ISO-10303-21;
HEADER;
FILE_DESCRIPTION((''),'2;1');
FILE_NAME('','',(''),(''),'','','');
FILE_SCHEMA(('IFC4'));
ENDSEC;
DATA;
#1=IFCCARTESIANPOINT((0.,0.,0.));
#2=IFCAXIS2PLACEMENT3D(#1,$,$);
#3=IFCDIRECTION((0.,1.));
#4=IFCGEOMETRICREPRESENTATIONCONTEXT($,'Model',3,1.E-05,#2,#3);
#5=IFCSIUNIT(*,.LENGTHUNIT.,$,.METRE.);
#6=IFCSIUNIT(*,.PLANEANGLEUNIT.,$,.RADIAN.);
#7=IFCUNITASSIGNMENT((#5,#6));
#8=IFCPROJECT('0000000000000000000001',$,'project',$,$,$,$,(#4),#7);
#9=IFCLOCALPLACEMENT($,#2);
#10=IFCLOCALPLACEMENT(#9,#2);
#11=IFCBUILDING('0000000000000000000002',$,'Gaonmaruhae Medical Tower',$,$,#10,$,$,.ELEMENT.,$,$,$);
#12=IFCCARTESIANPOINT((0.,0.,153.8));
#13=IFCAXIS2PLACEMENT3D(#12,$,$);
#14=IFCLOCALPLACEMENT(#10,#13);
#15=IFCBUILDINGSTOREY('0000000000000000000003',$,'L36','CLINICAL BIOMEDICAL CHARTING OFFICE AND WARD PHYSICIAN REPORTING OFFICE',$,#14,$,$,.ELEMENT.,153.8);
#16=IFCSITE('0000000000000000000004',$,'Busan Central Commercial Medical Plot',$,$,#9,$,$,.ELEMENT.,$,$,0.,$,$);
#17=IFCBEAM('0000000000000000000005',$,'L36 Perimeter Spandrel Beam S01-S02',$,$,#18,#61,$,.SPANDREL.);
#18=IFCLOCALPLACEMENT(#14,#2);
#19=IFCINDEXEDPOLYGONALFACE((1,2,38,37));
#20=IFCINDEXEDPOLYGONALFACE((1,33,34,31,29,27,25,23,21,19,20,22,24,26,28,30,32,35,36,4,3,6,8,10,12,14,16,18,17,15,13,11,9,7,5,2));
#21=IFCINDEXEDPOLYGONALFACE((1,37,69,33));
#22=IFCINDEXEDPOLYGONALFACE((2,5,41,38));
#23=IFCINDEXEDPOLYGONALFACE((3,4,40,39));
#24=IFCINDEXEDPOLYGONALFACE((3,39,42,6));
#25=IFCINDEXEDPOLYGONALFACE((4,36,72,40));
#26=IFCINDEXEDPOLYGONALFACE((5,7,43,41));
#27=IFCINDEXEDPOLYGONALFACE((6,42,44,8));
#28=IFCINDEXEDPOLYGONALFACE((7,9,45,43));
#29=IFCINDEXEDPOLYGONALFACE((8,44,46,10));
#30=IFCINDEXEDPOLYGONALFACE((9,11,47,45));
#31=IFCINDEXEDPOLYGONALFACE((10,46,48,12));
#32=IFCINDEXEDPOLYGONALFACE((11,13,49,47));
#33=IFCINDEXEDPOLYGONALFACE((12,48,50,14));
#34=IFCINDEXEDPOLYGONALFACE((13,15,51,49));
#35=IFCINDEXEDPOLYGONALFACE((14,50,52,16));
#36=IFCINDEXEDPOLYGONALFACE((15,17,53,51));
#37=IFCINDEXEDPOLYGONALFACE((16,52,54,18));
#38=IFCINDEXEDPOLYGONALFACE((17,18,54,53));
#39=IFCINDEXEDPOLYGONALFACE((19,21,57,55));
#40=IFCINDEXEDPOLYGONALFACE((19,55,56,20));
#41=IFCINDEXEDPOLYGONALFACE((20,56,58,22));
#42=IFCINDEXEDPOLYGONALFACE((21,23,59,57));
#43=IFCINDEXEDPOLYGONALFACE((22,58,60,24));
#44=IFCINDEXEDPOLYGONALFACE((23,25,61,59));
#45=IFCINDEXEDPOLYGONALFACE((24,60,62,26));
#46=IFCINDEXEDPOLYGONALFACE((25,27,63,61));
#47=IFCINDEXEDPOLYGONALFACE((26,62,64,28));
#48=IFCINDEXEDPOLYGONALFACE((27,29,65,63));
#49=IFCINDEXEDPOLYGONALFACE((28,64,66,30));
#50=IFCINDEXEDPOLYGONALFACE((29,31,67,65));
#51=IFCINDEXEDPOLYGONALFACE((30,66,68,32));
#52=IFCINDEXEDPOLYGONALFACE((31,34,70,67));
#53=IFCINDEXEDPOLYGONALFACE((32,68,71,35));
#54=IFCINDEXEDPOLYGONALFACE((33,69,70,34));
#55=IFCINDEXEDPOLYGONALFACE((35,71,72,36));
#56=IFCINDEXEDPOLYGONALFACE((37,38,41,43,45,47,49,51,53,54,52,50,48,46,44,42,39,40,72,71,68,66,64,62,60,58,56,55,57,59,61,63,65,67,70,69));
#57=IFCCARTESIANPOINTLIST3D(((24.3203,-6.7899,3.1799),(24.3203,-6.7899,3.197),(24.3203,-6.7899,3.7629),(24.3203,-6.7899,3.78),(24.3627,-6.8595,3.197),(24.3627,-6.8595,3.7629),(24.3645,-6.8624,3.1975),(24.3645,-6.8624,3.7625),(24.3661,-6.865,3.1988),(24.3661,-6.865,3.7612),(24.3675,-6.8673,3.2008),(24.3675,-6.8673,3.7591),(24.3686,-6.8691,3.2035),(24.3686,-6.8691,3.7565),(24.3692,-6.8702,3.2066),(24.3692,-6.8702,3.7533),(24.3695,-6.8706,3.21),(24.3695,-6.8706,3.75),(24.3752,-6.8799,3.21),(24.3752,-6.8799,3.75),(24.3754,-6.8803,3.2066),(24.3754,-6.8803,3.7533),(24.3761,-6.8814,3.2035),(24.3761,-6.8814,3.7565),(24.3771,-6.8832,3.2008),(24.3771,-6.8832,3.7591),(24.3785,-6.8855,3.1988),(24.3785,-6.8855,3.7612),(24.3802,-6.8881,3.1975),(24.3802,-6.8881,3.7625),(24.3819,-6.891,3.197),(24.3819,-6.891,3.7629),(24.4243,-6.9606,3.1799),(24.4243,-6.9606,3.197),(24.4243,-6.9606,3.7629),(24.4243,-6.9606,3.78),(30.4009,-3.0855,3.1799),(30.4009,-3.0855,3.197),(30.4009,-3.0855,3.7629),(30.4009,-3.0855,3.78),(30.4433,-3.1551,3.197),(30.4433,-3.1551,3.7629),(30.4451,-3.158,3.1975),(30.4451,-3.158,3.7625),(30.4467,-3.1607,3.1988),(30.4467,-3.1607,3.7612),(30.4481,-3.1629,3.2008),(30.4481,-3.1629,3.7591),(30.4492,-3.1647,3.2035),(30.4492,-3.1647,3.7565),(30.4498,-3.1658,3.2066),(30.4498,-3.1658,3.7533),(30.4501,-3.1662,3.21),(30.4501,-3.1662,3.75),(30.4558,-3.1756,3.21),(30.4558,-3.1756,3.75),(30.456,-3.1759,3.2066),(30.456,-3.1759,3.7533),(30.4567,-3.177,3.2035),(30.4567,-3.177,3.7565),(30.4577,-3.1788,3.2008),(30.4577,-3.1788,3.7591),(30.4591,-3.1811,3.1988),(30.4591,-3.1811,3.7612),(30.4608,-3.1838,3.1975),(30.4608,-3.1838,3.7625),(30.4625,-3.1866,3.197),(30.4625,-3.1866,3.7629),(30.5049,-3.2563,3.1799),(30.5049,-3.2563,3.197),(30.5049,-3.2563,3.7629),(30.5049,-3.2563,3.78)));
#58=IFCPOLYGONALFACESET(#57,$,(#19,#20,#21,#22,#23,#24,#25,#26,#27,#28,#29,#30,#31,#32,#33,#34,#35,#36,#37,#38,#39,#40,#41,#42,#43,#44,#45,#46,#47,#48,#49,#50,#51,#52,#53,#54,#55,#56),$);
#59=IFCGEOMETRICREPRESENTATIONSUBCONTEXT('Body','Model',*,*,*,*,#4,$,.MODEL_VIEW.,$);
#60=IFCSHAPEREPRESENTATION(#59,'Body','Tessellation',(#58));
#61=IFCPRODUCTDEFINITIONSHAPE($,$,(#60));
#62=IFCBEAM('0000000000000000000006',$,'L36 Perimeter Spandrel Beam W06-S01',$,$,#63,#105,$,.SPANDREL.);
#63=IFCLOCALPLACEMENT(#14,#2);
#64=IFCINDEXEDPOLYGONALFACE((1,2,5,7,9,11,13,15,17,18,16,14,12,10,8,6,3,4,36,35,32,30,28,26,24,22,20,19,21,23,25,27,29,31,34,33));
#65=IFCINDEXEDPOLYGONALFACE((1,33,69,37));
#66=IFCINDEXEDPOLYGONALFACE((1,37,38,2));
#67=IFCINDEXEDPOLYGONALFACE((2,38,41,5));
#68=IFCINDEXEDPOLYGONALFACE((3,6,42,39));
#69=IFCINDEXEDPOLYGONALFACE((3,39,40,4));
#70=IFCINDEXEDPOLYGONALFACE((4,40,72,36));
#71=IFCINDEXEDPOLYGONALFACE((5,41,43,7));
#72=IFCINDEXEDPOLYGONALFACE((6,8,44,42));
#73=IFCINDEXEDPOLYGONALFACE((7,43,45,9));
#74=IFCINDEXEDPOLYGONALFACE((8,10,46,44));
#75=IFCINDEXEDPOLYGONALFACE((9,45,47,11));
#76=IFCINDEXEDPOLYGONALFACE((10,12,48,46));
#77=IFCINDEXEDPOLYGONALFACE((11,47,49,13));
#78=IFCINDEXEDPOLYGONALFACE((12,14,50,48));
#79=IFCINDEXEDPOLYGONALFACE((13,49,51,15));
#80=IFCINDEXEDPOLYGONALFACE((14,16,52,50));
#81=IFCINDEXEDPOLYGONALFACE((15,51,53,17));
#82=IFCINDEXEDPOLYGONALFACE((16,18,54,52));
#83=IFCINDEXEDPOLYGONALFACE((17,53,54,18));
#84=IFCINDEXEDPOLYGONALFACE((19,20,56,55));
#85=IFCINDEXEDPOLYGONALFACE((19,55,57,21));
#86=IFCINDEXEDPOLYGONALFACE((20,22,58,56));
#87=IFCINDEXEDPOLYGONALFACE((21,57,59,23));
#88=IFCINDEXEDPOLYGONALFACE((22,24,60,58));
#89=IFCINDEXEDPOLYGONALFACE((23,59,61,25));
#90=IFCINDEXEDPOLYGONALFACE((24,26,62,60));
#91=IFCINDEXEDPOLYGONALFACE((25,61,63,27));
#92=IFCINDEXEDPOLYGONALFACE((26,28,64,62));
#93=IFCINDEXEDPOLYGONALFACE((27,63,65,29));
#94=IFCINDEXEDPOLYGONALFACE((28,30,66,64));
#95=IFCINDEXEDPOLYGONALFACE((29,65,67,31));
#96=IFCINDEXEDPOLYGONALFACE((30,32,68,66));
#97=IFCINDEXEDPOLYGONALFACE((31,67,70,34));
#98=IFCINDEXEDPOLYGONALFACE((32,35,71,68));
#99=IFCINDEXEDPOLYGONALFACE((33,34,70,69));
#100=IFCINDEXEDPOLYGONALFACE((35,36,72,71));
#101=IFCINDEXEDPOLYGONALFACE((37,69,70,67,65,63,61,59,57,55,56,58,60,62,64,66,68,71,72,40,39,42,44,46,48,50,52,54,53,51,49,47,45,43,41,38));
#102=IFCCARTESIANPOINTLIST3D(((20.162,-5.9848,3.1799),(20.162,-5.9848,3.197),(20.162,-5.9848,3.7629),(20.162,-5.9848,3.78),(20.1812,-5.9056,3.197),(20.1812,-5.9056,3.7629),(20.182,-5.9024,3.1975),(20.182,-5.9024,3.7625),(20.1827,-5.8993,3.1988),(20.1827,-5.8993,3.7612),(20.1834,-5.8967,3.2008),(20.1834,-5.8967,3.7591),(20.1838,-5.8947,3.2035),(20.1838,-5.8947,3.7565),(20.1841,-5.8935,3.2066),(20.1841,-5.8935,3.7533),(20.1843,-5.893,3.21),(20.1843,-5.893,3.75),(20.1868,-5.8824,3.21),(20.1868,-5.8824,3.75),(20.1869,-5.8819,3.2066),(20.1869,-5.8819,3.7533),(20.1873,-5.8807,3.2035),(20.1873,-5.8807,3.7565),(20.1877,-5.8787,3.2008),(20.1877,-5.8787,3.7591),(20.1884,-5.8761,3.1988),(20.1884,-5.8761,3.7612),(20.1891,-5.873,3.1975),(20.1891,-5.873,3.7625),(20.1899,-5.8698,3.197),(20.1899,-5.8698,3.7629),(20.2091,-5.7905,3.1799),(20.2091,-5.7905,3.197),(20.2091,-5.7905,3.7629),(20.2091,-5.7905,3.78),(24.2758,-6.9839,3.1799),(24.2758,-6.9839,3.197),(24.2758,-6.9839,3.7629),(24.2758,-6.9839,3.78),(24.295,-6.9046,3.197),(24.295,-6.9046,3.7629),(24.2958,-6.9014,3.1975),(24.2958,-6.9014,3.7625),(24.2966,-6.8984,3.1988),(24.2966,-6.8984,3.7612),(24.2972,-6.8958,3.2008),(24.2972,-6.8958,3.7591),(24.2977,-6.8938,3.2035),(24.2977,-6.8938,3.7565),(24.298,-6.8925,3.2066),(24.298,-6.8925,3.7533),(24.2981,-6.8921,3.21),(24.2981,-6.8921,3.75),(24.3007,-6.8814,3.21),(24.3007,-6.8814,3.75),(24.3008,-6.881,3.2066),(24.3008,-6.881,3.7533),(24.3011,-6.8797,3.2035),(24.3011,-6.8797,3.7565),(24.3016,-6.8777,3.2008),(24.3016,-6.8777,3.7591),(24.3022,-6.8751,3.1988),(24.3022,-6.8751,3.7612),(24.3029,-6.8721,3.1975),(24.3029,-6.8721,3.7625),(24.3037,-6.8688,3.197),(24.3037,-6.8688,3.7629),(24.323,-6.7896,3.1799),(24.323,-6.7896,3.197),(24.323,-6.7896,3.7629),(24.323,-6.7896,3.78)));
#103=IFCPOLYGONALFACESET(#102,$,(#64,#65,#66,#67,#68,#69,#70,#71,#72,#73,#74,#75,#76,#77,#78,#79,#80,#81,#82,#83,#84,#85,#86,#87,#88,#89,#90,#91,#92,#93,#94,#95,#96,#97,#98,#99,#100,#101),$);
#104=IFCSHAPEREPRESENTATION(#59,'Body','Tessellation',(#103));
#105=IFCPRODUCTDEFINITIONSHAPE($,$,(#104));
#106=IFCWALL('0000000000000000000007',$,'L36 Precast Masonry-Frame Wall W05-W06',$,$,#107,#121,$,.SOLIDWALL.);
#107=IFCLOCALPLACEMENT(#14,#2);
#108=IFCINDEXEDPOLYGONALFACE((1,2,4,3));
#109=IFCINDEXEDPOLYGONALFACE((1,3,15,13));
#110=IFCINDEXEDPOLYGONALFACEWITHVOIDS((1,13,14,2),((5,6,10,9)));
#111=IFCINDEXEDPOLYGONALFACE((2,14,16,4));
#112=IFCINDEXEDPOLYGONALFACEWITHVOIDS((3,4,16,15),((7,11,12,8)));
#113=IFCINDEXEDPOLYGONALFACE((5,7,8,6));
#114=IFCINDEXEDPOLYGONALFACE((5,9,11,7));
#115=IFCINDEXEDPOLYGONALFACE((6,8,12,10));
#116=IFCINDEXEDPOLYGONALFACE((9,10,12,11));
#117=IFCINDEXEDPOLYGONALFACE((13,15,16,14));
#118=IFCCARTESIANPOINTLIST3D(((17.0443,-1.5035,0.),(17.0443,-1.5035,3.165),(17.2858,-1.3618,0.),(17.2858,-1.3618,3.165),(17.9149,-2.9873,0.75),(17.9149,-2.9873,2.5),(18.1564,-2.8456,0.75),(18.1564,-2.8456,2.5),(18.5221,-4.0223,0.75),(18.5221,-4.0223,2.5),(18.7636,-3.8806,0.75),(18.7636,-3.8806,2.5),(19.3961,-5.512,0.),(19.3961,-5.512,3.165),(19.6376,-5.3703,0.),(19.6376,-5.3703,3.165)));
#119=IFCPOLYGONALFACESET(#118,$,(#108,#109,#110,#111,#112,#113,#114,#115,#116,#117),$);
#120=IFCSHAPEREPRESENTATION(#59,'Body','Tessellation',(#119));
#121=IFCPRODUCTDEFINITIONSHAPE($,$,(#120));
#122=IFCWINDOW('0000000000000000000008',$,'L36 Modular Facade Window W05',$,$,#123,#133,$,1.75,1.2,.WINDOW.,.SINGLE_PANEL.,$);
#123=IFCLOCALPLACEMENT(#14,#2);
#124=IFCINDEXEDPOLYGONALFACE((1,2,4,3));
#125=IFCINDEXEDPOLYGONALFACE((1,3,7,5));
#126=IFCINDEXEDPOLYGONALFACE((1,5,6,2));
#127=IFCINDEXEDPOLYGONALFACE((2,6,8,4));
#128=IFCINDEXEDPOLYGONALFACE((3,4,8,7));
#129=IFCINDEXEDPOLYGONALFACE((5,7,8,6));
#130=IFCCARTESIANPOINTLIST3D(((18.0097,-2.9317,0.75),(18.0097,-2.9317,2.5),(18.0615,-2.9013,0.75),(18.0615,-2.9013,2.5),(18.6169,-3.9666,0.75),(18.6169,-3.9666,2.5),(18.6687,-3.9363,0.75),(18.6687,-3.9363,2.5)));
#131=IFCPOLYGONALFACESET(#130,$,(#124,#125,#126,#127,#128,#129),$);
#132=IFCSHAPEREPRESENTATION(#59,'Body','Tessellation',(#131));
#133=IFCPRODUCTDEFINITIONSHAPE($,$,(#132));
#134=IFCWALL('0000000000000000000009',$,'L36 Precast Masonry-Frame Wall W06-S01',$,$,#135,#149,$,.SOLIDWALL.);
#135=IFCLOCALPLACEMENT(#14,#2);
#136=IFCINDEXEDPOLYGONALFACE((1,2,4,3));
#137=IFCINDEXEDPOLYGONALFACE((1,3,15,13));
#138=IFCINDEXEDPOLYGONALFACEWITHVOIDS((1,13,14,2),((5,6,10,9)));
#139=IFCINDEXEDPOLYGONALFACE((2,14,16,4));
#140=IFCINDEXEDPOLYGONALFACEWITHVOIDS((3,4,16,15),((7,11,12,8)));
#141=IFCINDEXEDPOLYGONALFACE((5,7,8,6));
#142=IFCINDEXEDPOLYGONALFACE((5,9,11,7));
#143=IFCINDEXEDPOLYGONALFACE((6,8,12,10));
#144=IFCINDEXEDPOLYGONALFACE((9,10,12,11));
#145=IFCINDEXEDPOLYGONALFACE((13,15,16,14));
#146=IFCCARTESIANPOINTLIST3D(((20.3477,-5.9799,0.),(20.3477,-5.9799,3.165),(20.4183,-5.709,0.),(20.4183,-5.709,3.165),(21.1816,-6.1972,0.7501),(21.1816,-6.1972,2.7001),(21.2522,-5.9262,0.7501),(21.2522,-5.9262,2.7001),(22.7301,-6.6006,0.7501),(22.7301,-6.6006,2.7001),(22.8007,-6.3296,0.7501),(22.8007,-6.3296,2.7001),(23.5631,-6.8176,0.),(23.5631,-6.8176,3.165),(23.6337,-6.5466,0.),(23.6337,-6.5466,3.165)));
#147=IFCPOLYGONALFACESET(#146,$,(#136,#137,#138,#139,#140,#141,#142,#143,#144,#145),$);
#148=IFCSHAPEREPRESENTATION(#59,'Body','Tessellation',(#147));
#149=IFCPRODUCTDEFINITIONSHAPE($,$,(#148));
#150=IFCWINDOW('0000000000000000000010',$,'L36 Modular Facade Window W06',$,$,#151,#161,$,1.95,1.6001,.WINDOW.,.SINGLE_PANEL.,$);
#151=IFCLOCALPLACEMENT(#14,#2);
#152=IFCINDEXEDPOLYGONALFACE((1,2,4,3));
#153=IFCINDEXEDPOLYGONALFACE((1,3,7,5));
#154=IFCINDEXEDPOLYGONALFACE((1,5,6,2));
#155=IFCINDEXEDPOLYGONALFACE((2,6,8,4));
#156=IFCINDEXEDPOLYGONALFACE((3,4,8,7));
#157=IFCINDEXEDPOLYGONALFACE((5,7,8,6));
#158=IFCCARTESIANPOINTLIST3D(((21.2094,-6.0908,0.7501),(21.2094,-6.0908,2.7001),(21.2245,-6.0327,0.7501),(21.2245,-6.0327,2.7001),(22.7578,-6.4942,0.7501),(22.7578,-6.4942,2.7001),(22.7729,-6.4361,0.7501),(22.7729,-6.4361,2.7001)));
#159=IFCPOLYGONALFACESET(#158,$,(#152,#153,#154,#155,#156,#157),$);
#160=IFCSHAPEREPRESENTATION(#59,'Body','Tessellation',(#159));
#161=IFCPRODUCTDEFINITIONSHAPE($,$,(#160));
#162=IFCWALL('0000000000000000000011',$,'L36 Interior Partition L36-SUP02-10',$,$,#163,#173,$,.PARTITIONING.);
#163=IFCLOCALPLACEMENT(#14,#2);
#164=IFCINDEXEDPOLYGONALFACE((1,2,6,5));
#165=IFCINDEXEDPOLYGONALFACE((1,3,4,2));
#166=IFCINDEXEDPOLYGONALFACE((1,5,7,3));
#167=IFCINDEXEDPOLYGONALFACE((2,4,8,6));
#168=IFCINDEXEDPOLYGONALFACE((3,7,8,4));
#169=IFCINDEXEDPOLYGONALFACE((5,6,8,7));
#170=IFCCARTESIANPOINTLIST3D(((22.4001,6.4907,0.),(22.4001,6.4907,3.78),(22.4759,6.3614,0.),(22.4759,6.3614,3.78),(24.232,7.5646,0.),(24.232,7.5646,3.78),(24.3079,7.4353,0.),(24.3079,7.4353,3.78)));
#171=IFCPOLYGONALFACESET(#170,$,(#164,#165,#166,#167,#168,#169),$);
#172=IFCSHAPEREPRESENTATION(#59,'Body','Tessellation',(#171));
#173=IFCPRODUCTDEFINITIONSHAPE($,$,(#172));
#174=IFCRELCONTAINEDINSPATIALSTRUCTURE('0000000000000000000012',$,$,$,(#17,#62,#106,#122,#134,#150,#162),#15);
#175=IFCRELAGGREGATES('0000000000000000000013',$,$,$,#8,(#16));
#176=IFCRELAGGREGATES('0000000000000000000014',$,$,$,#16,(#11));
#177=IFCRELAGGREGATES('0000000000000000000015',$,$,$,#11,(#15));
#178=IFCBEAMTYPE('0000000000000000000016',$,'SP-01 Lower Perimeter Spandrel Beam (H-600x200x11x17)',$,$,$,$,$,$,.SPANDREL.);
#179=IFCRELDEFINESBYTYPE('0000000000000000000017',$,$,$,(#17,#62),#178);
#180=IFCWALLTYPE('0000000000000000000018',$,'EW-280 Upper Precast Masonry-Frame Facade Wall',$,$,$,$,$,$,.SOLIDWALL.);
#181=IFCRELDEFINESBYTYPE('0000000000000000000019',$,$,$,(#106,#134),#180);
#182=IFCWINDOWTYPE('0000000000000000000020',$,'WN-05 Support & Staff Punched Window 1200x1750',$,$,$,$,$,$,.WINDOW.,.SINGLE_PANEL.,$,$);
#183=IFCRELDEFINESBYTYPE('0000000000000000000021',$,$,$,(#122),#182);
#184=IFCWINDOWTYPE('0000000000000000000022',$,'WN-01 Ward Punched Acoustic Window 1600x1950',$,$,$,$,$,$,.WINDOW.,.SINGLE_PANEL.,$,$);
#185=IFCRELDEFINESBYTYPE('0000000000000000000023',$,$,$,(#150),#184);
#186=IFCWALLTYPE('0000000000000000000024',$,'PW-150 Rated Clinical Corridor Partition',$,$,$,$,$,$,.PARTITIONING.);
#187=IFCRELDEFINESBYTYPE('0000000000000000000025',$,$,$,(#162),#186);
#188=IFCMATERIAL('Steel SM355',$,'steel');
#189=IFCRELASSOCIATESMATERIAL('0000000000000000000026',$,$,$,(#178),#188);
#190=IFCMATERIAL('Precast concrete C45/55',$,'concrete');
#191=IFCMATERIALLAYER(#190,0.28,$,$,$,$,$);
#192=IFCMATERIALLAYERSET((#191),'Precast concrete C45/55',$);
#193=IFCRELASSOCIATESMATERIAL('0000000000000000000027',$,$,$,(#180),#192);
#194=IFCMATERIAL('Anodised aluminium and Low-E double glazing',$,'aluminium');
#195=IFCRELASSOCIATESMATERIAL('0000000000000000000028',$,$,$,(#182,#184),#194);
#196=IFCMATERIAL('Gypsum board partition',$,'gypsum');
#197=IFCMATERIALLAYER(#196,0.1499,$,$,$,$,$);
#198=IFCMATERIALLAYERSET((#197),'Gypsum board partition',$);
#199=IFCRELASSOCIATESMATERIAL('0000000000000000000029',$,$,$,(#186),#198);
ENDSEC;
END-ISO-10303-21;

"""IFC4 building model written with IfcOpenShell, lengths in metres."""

from ifc_helpers import new_model, si_unit, direction, frame, frame_2d, origin, origin_2d, place, context, subcontext, project, spatial, rectangle, i_section, extrude, material, layer, layer_set, material_profile, profile_set, type_object, element, fill, save


model = new_model("IFC4")

# Units and contexts
model_context = context("Model", 3, precision=1e-05, world=origin(), true_north=direction((0.0, 1.0)))
body_context = subcontext(model_context, "Body", "Model", "MODEL_VIEW")
ifc_project = project(units=[si_unit("LENGTHUNIT", "METRE"), si_unit("PLANEANGLEUNIT", "RADIAN")], contexts=[model_context])

# Site, building, storey
site_placement = place(None, origin())
site = spatial("IfcSite", under=ifc_project, at=site_placement, Name="Busan Central Commercial Medical Plot", CompositionType="ELEMENT", RefElevation=0.0)
building_placement = place(site_placement, origin())
building = spatial("IfcBuilding", under=site, at=building_placement, Name="Gaonmaruhae Medical Tower", CompositionType="ELEMENT")
storey_placement = place(building_placement, frame((0.0, 0.0, 153.8)))
storey = spatial("IfcBuildingStorey", under=building, at=storey_placement, Name="L36", Description="CLINICAL BIOMEDICAL CHARTING OFFICE AND WARD PHYSICIAN REPORTING OFFICE", CompositionType="ELEMENT", Elevation=153.8)

# Beams
ifc_material_1 = material(Name="Steel SM355", Category="steel")
ifc_material_profile_1 = material_profile(ifc_material_1, i_section(OverallWidth=0.2, OverallDepth=0.6001, WebThickness=0.011, FlangeThickness=0.0171, FilletRadius=0.0129, at=origin_2d()), Name="H-600x200x11x17")
ifc_profile_set_1 = profile_set([ifc_material_profile_1], Name="Steel SM355")
beam_type_1 = type_object("IfcBeamType", Name="SP-01 Lower Perimeter Spandrel Beam (H-600x200x11x17)", PredefinedType="SPANDREL", material=ifc_profile_set_1)
beam_1_placement = place(storey_placement, frame((24.3723, -6.8752, 3.48), z_axis=(0.854003, 0.520268, 0.0), x_axis=(-0.520268, 0.854003, 0.0)))
element("IfcBeam", 1, at=beam_1_placement, inside=storey, type_object=beam_type_1, Name="L36 Perimeter Spandrel Beam S01-S02", PredefinedType="SPANDREL", context=body_context, shape_type="SweptSolid", body=[
    extrude(i_section(OverallWidth=0.2, OverallDepth=0.6001, WebThickness=0.011, FlangeThickness=0.0171, FilletRadius=0.0129, at=origin_2d()), origin(), (0.0, 0.0, 1.0), 7.1201),
])
beam_2_placement = place(storey_placement, frame((20.1855, -5.8877, 3.48), z_axis=(0.971756, -0.23599, 0.0), x_axis=(0.23599, 0.971756, 0.0)))
element("IfcBeam", 2, at=beam_2_placement, inside=storey, type_object=beam_type_1, Name="L36 Perimeter Spandrel Beam W06-S01", PredefinedType="SPANDREL", context=body_context, shape_type="SweptSolid", body=[
    extrude(i_section(OverallWidth=0.2, OverallDepth=0.6001, WebThickness=0.011, FlangeThickness=0.0171, FilletRadius=0.0129, at=origin_2d()), origin(), (0.0, 0.0, 1.0), 4.2334),
])

# Walls, openings, windows
ifc_material_2 = material(Name="Precast concrete C45/55", Category="concrete")
ifc_layer_1 = layer(ifc_material_2, 0.28)
ifc_layer_set_1 = layer_set([ifc_layer_1], Name="Precast concrete C45/55")
wall_type_1 = type_object("IfcWallType", Name="EW-280 Upper Precast Masonry-Frame Facade Wall", PredefinedType="SOLIDWALL", material=ifc_layer_set_1)
wall_1_placement = place(storey_placement, frame((19.5168, -5.4412, 0.0), z_axis=(0.0, 0.0, 1.0), x_axis=(-0.506035, 0.862513, 0.0)))
wall_1 = element("IfcWall", 3, at=wall_1_placement, inside=storey, type_object=wall_type_1, Name="L36 Precast Masonry-Frame Wall W05-W06", PredefinedType="SOLIDWALL", context=body_context, shape_type="SweptSolid", body=[
    extrude(rectangle(XDim=4.6475, YDim=0.28, at=frame_2d((2.3237, 0.0))), origin(), (0.0, 0.0, 1.0), 3.165),
])
opening_1_placement = place(wall_1_placement, frame((1.7271, 0.0, 0.75)))
opening_1 = element("IfcOpeningElement", 4, at=opening_1_placement, cuts=wall_1, PredefinedType="OPENING", context=body_context, shape_type="SweptSolid", body=[
    extrude(rectangle(XDim=1.2, YDim=1.75, at=frame_2d((0.6001, 0.875))), frame((0.0, 0.1499, 0.0), z_axis=(0.0, -1.0, 0.0), x_axis=(1.0, 0.0, 0.0)), (0.0, 0.0, 1.0), 0.3),
])
ifc_material_3 = material(Name="Anodised aluminium and Low-E double glazing", Category="aluminium")
window_type_1 = type_object("IfcWindowType", Name="WN-05 Support & Staff Punched Window 1200x1750", PartitioningType="SINGLE_PANEL", PredefinedType="WINDOW", material=ifc_material_3)
window_1_placement = place(opening_1_placement, origin())
window_1 = element("IfcWindow", 5, at=window_1_placement, inside=storey, type_object=window_type_1, Name="L36 Modular Facade Window W05", OverallHeight=1.75, OverallWidth=1.2, PartitioningType="SINGLE_PANEL", PredefinedType="WINDOW", context=body_context, shape_type="SweptSolid", body=[
    extrude(rectangle(XDim=1.2, YDim=1.75, at=frame_2d((0.6001, 0.875))), frame((0.0, 0.03, 0.0), z_axis=(0.0, -1.0, 0.0), x_axis=(1.0, 0.0, 0.0)), (0.0, 0.0, 1.0), 0.0601),
])
fill(opening_1, window_1)
wall_2_placement = place(storey_placement, frame((23.5984, -6.6821, 0.0), z_axis=(0.0, 0.0, 1.0), x_axis=(-0.967701, 0.252102, 0.0)))
wall_2 = element("IfcWall", 6, at=wall_2_placement, inside=storey, type_object=wall_type_1, Name="L36 Precast Masonry-Frame Wall W06-S01", PredefinedType="SOLIDWALL", context=body_context, shape_type="SweptSolid", body=[
    extrude(rectangle(XDim=3.3228, YDim=0.28, at=frame_2d((1.6614, 0.0))), origin(), (0.0, 0.0, 1.0), 3.165),
])
opening_2_placement = place(wall_2_placement, frame((0.8608, 0.0, 0.75)))
opening_2 = element("IfcOpeningElement", 7, at=opening_2_placement, cuts=wall_2, PredefinedType="OPENING", context=body_context, shape_type="SweptSolid", body=[
    extrude(rectangle(XDim=1.6001, YDim=1.95, at=frame_2d((0.8, 0.9751))), frame((0.0, 0.1499, 0.0), z_axis=(0.0, -1.0, 0.0), x_axis=(1.0, 0.0, 0.0)), (0.0, 0.0, 1.0), 0.3),
])
window_type_2 = type_object("IfcWindowType", Name="WN-01 Ward Punched Acoustic Window 1600x1950", PartitioningType="SINGLE_PANEL", PredefinedType="WINDOW", material=ifc_material_3)
window_2_placement = place(opening_2_placement, origin())
window_2 = element("IfcWindow", 8, at=window_2_placement, inside=storey, type_object=window_type_2, Name="L36 Modular Facade Window W06", OverallHeight=1.95, OverallWidth=1.6001, PartitioningType="SINGLE_PANEL", PredefinedType="WINDOW", context=body_context, shape_type="SweptSolid", body=[
    extrude(rectangle(XDim=1.6001, YDim=1.95, at=frame_2d((0.8, 0.9751))), frame((0.0, 0.03, 0.0), z_axis=(0.0, -1.0, 0.0), x_axis=(1.0, 0.0, 0.0)), (0.0, 0.0, 1.0), 0.0601),
])
fill(opening_2, window_2)

# Wall
ifc_material_4 = material(Name="Gypsum board partition", Category="gypsum")
ifc_layer_2 = layer(ifc_material_4, 0.1499)
ifc_layer_set_2 = layer_set([ifc_layer_2], Name="Gypsum board partition")
wall_type_2 = type_object("IfcWallType", Name="PW-150 Rated Clinical Corridor Partition", PredefinedType="PARTITIONING", material=ifc_layer_set_2)
wall_3_placement = place(storey_placement, frame((22.438, 6.426, 0.0), z_axis=(0.0, 0.0, 1.0), x_axis=(0.862693, 0.505728, 0.0)))
element("IfcWall", 9, at=wall_3_placement, inside=storey, type_object=wall_type_2, Name="L36 Interior Partition L36-SUP02-10", PredefinedType="PARTITIONING", context=body_context, shape_type="SweptSolid", body=[
    extrude(rectangle(XDim=2.1235, YDim=0.1499, at=frame_2d((1.0618, 0.0))), origin(), (0.0, 0.0, 1.0), 3.78),
])

save(model, "model.ifc")
